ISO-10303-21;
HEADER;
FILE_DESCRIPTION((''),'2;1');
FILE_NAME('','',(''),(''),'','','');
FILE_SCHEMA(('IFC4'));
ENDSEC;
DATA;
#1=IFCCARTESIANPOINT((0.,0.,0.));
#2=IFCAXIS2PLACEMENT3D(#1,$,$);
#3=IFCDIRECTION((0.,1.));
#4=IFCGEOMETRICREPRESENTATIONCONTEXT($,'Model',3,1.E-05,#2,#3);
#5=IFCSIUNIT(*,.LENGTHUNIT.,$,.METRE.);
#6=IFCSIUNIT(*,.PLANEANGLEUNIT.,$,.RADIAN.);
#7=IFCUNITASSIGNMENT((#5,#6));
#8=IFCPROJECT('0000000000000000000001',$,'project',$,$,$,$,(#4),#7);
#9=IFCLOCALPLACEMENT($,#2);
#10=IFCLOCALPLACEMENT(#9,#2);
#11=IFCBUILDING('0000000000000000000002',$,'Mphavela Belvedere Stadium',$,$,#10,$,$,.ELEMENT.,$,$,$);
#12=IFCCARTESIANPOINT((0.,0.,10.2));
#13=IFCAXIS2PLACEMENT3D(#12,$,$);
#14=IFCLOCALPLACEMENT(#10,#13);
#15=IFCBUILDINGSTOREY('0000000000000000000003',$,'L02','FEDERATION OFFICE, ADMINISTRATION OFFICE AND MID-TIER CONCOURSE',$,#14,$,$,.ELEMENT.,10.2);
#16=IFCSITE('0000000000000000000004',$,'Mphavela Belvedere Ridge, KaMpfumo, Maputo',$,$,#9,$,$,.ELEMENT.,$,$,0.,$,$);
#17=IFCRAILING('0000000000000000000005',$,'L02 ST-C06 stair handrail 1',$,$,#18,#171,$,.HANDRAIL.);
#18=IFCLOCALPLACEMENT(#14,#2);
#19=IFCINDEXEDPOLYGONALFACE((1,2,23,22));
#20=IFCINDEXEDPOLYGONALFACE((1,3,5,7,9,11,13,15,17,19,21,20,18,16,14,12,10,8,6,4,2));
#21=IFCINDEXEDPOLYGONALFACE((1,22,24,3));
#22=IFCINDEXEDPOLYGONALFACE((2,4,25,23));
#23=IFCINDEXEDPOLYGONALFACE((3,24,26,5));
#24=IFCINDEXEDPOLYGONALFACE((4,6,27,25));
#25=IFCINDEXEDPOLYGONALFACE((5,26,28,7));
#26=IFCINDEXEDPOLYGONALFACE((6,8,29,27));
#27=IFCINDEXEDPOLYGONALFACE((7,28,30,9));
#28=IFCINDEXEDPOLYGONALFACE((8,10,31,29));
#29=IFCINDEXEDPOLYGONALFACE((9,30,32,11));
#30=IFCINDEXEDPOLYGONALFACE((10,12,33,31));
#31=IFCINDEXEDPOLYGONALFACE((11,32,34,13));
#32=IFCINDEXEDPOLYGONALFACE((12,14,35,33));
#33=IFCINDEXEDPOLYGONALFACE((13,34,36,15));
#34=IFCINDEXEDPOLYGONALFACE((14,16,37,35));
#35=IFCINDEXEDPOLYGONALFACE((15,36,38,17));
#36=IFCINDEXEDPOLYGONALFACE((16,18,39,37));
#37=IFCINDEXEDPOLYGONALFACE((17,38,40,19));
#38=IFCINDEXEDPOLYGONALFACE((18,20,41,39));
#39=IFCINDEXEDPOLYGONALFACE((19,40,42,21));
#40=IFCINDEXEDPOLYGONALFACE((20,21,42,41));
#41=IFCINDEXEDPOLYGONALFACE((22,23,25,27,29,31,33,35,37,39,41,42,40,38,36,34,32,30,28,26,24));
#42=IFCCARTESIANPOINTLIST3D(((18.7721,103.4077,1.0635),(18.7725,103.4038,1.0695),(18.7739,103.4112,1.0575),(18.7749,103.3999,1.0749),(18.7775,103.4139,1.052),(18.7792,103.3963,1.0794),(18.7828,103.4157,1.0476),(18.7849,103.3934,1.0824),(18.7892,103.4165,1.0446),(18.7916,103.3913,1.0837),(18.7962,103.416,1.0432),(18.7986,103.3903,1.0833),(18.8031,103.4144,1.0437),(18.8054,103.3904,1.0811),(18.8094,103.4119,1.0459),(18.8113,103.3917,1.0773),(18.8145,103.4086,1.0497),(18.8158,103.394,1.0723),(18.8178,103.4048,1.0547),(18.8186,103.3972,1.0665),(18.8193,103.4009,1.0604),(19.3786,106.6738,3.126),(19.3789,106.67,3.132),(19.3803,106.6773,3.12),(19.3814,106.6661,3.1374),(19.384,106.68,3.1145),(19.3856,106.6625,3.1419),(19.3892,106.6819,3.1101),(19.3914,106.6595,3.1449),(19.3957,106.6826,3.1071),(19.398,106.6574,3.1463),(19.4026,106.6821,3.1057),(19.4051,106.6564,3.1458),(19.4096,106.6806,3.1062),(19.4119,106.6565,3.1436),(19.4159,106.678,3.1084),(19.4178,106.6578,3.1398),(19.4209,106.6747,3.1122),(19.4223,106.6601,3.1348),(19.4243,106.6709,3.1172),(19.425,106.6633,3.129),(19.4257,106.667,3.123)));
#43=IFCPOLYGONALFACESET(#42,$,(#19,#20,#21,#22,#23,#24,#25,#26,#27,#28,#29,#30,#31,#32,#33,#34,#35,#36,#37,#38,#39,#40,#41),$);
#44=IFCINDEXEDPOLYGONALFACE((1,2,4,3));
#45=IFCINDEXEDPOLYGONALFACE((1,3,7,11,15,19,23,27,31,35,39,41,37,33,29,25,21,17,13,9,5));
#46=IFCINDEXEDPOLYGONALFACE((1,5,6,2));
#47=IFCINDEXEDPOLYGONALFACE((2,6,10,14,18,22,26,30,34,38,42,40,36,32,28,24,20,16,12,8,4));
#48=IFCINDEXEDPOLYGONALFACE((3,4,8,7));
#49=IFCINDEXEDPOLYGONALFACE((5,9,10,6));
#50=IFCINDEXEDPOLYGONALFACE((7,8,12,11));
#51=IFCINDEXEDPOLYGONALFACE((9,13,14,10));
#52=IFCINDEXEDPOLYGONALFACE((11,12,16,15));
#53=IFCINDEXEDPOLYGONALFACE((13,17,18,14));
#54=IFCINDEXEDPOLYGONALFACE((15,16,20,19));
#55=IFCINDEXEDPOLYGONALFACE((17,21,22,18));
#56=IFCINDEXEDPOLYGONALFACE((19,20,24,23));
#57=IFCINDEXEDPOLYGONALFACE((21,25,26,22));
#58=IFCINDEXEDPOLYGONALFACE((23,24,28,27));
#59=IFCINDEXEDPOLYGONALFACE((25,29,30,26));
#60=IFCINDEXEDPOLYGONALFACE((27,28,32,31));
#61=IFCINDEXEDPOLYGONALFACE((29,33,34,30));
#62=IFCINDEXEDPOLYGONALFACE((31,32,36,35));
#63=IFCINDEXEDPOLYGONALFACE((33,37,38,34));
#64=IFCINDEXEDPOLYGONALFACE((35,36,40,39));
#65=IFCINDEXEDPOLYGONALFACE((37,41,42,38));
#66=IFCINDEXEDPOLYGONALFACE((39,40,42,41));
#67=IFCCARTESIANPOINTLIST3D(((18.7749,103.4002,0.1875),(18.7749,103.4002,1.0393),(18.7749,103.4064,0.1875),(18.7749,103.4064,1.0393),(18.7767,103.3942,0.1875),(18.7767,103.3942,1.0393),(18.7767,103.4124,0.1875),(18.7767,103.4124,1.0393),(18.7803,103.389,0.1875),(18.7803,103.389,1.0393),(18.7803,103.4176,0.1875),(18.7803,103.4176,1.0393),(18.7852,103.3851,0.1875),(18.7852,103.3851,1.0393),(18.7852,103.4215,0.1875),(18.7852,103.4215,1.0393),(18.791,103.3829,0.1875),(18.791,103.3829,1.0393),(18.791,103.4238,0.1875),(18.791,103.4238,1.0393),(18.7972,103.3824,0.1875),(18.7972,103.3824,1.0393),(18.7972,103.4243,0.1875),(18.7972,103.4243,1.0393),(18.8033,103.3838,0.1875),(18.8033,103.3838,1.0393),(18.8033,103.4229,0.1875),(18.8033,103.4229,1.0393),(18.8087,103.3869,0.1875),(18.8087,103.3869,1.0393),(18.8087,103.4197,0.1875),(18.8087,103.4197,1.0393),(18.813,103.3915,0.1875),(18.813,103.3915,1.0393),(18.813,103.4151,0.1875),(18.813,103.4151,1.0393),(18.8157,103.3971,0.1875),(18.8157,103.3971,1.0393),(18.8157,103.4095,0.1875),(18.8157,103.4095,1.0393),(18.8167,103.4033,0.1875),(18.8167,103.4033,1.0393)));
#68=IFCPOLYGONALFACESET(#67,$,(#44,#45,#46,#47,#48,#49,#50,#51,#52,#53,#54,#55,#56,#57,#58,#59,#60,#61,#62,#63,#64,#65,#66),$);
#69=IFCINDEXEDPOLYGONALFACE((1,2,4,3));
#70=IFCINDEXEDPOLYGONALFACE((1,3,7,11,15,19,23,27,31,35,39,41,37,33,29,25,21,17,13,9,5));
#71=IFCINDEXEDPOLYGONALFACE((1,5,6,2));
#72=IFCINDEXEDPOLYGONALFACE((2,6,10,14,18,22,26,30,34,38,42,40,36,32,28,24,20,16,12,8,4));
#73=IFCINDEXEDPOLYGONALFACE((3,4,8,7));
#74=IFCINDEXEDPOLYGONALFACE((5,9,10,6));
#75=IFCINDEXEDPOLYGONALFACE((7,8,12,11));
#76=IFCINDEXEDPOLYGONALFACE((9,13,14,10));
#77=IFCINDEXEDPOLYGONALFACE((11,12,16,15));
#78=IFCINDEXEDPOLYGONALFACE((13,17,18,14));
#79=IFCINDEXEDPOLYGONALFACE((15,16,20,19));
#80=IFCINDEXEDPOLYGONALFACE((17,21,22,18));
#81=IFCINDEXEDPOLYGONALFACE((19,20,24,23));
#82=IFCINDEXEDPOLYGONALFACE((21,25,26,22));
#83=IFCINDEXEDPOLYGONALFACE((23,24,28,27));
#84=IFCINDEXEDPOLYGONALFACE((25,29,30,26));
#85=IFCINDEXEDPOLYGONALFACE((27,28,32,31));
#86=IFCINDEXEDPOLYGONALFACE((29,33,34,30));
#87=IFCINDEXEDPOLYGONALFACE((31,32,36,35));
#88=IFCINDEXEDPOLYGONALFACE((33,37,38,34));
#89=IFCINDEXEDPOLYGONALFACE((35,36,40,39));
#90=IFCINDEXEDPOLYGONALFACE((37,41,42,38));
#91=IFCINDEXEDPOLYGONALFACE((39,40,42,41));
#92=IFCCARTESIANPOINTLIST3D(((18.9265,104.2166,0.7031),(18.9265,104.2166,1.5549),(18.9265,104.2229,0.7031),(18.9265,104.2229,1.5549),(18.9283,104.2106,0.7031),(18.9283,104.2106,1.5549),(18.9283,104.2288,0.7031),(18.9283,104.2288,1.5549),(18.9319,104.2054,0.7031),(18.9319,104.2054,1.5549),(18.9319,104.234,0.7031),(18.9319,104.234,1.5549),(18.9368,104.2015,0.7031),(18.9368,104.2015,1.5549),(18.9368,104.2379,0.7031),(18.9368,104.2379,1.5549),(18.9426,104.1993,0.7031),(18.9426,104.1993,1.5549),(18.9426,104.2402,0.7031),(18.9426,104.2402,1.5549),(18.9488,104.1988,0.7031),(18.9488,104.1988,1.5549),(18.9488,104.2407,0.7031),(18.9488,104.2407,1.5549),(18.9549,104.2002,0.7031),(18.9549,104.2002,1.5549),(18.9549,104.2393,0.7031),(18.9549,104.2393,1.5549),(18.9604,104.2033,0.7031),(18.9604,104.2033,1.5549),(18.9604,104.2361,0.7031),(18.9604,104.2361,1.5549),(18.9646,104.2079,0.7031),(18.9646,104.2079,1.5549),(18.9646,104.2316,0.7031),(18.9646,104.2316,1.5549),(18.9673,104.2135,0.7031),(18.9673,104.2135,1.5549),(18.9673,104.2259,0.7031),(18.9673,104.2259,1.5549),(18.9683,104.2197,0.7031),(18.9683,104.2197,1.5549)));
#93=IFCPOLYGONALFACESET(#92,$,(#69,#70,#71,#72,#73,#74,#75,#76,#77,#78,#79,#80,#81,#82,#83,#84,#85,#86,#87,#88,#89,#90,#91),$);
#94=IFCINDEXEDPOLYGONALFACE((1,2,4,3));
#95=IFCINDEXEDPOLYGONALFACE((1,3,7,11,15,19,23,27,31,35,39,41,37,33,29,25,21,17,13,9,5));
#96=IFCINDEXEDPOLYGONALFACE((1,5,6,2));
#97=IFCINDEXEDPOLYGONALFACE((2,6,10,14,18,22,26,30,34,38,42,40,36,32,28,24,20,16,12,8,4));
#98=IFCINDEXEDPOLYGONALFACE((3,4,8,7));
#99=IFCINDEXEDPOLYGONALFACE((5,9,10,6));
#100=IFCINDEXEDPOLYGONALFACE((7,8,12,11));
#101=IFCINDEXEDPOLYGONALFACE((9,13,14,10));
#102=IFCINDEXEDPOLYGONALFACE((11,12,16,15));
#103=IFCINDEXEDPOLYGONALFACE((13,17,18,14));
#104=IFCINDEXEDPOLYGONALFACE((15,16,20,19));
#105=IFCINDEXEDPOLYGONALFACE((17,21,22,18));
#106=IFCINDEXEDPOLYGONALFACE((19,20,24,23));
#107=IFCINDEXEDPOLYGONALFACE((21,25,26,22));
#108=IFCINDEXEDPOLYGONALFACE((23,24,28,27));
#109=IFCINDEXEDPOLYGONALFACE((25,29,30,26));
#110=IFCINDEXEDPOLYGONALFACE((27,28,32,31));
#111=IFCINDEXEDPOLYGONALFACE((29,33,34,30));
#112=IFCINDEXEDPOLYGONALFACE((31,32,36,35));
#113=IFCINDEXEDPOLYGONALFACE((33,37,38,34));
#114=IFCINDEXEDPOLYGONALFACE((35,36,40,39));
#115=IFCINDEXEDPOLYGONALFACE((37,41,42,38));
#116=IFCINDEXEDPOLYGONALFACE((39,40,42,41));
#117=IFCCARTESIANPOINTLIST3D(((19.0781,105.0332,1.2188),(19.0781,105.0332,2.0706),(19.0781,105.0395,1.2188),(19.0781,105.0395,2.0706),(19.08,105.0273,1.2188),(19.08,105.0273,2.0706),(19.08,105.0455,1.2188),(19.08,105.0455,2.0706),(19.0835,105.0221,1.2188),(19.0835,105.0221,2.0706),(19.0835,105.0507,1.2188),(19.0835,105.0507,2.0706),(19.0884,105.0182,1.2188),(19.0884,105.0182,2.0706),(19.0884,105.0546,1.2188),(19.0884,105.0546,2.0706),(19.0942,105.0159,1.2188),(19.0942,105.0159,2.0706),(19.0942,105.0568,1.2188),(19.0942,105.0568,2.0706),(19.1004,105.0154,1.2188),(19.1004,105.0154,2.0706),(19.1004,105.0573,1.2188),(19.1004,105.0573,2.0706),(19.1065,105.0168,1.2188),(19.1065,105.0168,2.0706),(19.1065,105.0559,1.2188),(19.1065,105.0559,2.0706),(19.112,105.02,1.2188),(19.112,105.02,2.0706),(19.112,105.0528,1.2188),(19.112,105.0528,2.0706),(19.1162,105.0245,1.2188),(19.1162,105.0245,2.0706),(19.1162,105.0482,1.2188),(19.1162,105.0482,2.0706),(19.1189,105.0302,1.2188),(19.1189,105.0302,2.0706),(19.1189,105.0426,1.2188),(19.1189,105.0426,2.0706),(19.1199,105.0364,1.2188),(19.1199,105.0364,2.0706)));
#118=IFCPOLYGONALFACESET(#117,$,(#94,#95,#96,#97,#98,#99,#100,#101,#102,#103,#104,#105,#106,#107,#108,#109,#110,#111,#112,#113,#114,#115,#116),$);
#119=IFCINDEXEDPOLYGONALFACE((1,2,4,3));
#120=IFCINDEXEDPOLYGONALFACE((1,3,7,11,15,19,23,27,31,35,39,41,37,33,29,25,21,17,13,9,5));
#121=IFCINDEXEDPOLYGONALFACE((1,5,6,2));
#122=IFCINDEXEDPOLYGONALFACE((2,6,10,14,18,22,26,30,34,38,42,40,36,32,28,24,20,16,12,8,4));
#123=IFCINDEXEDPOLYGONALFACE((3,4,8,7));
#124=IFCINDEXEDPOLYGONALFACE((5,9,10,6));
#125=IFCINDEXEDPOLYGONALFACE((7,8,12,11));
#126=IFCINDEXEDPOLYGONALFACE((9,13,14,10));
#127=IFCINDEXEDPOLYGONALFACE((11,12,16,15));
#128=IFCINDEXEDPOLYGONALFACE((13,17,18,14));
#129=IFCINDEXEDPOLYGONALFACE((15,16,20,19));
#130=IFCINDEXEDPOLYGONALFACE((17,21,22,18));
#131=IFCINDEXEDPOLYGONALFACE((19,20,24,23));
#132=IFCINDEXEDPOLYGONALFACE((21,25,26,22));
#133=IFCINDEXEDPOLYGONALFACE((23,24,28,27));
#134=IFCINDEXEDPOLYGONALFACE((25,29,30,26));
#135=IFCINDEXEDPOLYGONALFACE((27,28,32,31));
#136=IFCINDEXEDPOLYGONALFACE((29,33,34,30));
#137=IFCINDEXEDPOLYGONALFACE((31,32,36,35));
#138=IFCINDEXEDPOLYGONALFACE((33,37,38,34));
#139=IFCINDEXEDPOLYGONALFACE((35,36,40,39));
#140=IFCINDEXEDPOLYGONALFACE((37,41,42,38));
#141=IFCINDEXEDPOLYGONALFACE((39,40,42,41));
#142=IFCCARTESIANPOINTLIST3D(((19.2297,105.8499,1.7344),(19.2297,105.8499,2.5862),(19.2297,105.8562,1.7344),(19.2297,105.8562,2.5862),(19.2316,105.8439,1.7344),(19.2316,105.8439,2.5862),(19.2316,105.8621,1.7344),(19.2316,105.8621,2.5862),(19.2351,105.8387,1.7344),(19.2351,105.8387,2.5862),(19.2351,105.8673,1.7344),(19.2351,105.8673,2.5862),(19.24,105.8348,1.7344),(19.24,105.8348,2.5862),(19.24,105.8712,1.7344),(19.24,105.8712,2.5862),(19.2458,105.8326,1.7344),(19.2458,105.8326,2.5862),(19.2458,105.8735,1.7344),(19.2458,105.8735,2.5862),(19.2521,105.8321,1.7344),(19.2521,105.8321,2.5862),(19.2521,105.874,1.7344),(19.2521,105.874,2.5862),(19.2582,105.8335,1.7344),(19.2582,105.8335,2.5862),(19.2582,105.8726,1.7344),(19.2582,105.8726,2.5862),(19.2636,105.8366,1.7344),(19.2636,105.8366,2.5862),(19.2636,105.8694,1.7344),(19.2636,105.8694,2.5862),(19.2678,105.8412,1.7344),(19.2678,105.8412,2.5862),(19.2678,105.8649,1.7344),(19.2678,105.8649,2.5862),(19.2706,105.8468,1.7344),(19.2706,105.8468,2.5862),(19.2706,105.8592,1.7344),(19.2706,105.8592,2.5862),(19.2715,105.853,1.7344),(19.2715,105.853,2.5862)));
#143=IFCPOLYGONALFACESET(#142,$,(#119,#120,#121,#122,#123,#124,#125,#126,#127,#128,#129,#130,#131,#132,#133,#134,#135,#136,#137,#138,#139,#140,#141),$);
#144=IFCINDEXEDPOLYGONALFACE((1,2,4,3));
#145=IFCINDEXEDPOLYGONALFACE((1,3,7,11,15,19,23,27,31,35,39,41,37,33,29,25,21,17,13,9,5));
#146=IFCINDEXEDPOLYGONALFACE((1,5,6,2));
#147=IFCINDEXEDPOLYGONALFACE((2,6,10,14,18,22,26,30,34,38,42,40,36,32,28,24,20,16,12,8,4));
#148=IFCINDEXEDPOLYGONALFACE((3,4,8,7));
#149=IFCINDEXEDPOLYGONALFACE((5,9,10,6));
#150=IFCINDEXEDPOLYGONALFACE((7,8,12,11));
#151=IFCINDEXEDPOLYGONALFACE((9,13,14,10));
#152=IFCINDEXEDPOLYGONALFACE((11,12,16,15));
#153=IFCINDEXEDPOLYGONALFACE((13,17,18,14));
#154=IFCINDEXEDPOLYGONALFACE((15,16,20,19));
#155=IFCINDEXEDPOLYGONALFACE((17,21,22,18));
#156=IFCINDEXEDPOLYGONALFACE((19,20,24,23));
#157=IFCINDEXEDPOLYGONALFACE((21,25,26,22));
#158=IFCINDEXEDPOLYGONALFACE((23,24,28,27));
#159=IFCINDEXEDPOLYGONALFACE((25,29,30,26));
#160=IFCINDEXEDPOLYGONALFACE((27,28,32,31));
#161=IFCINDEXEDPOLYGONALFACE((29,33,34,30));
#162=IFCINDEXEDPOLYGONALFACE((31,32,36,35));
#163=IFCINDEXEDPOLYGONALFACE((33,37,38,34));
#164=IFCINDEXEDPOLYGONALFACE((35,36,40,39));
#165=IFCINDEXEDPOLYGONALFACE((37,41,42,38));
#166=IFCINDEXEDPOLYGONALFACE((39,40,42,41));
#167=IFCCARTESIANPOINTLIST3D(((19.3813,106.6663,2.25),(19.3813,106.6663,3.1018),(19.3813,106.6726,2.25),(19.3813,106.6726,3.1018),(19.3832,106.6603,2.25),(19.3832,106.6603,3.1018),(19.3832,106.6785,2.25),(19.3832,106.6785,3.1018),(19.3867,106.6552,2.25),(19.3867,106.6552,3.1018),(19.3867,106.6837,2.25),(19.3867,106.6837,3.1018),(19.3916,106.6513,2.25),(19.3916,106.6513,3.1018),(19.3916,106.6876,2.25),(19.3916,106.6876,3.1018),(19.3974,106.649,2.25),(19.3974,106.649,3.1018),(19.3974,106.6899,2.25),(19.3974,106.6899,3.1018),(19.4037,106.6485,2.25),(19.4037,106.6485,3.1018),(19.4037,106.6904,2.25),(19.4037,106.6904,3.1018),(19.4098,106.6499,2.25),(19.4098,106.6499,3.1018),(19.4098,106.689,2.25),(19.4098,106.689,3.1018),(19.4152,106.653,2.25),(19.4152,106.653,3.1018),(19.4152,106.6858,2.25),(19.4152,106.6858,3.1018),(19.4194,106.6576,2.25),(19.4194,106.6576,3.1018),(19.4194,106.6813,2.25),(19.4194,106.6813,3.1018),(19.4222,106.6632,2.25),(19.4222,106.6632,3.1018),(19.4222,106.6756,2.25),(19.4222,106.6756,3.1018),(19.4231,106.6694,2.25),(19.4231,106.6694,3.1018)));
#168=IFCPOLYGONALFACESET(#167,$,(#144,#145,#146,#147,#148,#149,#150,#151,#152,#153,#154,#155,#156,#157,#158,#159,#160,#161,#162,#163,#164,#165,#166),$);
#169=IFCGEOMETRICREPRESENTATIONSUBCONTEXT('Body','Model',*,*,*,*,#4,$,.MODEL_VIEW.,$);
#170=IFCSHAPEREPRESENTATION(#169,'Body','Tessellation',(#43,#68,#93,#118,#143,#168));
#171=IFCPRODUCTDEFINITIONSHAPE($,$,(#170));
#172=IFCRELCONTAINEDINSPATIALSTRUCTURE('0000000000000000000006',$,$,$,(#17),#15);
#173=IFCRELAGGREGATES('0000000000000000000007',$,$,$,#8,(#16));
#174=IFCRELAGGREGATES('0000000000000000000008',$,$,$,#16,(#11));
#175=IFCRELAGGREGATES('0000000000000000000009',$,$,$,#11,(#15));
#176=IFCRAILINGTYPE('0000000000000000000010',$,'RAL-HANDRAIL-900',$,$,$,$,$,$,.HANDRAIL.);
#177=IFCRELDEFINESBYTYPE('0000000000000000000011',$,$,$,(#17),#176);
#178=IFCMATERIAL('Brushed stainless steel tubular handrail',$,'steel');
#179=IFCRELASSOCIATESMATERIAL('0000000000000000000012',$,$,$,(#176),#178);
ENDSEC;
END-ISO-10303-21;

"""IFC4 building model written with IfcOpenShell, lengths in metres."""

from ifc_helpers import new_model, si_unit, direction, frame, origin, origin_2d, place, context, subcontext, project, spatial, circle, extrude, material, type_object, element, save


model = new_model("IFC4")

# Units and contexts
model_context = context("Model", 3, precision=1e-05, world=origin(), true_north=direction((0.0, 1.0)))
body_context = subcontext(model_context, "Body", "Model", "MODEL_VIEW")
ifc_project = project(units=[si_unit("LENGTHUNIT", "METRE"), si_unit("PLANEANGLEUNIT", "RADIAN")], contexts=[model_context])

# Site, building, storey
site_placement = place(None, origin())
site = spatial("IfcSite", under=ifc_project, at=site_placement, Name="Mphavela Belvedere Ridge, KaMpfumo, Maputo", CompositionType="ELEMENT", RefElevation=0.0)
building_placement = place(site_placement, origin())
building = spatial("IfcBuilding", under=site, at=building_placement, Name="Mphavela Belvedere Stadium", CompositionType="ELEMENT")
storey_placement = place(building_placement, frame((0.0, 0.0, 10.2)))
storey = spatial("IfcBuildingStorey", under=building, at=storey_placement, Name="L02", Description="FEDERATION OFFICE, ADMINISTRATION OFFICE AND MID-TIER CONCOURSE", CompositionType="ELEMENT", Elevation=10.2)

# Railing
ifc_material_1 = material(Name="Brushed stainless steel tubular handrail", Category="steel")
railing_type = type_object("IfcRailingType", Name="RAL-HANDRAIL-900", PredefinedType="HANDRAIL", material=ifc_material_1)
railing_placement = place(storey_placement, frame((18.7957, 103.4033, 0.1875)))
element("IfcRailing", 1, at=railing_placement, inside=storey, type_object=railing_type, Name="L02 ST-C06 stair handrail 1", PredefinedType="HANDRAIL", context=body_context, shape_type="SweptSolid", body=[
    extrude(circle(Radius=0.0239, at=origin_2d()), frame((0.0, 0.0, 0.876), z_axis=(0.155096, 0.835294, 0.527475), x_axis=(-0.983195, 0.182558, 0.0)), (0.0, 0.0, 1.0), 3.9102),
    extrude(circle(Radius=0.021, at=origin_2d()), origin(), (0.0, 0.0, 1.0), 0.8518),
    extrude(circle(Radius=0.021, at=origin_2d()), frame((0.1516, 0.8164, 0.5156)), (0.0, 0.0, 1.0), 0.8518),
    extrude(circle(Radius=0.021, at=origin_2d()), frame((0.3032, 1.6331, 1.0312)), (0.0, 0.0, 1.0), 0.8518),
    extrude(circle(Radius=0.021, at=origin_2d()), frame((0.4548, 2.4497, 1.5469)), (0.0, 0.0, 1.0), 0.8518),
    extrude(circle(Radius=0.021, at=origin_2d()), frame((0.6064, 3.2661, 2.0625)), (0.0, 0.0, 1.0), 0.8518),
])

save(model, "model.ifc")
